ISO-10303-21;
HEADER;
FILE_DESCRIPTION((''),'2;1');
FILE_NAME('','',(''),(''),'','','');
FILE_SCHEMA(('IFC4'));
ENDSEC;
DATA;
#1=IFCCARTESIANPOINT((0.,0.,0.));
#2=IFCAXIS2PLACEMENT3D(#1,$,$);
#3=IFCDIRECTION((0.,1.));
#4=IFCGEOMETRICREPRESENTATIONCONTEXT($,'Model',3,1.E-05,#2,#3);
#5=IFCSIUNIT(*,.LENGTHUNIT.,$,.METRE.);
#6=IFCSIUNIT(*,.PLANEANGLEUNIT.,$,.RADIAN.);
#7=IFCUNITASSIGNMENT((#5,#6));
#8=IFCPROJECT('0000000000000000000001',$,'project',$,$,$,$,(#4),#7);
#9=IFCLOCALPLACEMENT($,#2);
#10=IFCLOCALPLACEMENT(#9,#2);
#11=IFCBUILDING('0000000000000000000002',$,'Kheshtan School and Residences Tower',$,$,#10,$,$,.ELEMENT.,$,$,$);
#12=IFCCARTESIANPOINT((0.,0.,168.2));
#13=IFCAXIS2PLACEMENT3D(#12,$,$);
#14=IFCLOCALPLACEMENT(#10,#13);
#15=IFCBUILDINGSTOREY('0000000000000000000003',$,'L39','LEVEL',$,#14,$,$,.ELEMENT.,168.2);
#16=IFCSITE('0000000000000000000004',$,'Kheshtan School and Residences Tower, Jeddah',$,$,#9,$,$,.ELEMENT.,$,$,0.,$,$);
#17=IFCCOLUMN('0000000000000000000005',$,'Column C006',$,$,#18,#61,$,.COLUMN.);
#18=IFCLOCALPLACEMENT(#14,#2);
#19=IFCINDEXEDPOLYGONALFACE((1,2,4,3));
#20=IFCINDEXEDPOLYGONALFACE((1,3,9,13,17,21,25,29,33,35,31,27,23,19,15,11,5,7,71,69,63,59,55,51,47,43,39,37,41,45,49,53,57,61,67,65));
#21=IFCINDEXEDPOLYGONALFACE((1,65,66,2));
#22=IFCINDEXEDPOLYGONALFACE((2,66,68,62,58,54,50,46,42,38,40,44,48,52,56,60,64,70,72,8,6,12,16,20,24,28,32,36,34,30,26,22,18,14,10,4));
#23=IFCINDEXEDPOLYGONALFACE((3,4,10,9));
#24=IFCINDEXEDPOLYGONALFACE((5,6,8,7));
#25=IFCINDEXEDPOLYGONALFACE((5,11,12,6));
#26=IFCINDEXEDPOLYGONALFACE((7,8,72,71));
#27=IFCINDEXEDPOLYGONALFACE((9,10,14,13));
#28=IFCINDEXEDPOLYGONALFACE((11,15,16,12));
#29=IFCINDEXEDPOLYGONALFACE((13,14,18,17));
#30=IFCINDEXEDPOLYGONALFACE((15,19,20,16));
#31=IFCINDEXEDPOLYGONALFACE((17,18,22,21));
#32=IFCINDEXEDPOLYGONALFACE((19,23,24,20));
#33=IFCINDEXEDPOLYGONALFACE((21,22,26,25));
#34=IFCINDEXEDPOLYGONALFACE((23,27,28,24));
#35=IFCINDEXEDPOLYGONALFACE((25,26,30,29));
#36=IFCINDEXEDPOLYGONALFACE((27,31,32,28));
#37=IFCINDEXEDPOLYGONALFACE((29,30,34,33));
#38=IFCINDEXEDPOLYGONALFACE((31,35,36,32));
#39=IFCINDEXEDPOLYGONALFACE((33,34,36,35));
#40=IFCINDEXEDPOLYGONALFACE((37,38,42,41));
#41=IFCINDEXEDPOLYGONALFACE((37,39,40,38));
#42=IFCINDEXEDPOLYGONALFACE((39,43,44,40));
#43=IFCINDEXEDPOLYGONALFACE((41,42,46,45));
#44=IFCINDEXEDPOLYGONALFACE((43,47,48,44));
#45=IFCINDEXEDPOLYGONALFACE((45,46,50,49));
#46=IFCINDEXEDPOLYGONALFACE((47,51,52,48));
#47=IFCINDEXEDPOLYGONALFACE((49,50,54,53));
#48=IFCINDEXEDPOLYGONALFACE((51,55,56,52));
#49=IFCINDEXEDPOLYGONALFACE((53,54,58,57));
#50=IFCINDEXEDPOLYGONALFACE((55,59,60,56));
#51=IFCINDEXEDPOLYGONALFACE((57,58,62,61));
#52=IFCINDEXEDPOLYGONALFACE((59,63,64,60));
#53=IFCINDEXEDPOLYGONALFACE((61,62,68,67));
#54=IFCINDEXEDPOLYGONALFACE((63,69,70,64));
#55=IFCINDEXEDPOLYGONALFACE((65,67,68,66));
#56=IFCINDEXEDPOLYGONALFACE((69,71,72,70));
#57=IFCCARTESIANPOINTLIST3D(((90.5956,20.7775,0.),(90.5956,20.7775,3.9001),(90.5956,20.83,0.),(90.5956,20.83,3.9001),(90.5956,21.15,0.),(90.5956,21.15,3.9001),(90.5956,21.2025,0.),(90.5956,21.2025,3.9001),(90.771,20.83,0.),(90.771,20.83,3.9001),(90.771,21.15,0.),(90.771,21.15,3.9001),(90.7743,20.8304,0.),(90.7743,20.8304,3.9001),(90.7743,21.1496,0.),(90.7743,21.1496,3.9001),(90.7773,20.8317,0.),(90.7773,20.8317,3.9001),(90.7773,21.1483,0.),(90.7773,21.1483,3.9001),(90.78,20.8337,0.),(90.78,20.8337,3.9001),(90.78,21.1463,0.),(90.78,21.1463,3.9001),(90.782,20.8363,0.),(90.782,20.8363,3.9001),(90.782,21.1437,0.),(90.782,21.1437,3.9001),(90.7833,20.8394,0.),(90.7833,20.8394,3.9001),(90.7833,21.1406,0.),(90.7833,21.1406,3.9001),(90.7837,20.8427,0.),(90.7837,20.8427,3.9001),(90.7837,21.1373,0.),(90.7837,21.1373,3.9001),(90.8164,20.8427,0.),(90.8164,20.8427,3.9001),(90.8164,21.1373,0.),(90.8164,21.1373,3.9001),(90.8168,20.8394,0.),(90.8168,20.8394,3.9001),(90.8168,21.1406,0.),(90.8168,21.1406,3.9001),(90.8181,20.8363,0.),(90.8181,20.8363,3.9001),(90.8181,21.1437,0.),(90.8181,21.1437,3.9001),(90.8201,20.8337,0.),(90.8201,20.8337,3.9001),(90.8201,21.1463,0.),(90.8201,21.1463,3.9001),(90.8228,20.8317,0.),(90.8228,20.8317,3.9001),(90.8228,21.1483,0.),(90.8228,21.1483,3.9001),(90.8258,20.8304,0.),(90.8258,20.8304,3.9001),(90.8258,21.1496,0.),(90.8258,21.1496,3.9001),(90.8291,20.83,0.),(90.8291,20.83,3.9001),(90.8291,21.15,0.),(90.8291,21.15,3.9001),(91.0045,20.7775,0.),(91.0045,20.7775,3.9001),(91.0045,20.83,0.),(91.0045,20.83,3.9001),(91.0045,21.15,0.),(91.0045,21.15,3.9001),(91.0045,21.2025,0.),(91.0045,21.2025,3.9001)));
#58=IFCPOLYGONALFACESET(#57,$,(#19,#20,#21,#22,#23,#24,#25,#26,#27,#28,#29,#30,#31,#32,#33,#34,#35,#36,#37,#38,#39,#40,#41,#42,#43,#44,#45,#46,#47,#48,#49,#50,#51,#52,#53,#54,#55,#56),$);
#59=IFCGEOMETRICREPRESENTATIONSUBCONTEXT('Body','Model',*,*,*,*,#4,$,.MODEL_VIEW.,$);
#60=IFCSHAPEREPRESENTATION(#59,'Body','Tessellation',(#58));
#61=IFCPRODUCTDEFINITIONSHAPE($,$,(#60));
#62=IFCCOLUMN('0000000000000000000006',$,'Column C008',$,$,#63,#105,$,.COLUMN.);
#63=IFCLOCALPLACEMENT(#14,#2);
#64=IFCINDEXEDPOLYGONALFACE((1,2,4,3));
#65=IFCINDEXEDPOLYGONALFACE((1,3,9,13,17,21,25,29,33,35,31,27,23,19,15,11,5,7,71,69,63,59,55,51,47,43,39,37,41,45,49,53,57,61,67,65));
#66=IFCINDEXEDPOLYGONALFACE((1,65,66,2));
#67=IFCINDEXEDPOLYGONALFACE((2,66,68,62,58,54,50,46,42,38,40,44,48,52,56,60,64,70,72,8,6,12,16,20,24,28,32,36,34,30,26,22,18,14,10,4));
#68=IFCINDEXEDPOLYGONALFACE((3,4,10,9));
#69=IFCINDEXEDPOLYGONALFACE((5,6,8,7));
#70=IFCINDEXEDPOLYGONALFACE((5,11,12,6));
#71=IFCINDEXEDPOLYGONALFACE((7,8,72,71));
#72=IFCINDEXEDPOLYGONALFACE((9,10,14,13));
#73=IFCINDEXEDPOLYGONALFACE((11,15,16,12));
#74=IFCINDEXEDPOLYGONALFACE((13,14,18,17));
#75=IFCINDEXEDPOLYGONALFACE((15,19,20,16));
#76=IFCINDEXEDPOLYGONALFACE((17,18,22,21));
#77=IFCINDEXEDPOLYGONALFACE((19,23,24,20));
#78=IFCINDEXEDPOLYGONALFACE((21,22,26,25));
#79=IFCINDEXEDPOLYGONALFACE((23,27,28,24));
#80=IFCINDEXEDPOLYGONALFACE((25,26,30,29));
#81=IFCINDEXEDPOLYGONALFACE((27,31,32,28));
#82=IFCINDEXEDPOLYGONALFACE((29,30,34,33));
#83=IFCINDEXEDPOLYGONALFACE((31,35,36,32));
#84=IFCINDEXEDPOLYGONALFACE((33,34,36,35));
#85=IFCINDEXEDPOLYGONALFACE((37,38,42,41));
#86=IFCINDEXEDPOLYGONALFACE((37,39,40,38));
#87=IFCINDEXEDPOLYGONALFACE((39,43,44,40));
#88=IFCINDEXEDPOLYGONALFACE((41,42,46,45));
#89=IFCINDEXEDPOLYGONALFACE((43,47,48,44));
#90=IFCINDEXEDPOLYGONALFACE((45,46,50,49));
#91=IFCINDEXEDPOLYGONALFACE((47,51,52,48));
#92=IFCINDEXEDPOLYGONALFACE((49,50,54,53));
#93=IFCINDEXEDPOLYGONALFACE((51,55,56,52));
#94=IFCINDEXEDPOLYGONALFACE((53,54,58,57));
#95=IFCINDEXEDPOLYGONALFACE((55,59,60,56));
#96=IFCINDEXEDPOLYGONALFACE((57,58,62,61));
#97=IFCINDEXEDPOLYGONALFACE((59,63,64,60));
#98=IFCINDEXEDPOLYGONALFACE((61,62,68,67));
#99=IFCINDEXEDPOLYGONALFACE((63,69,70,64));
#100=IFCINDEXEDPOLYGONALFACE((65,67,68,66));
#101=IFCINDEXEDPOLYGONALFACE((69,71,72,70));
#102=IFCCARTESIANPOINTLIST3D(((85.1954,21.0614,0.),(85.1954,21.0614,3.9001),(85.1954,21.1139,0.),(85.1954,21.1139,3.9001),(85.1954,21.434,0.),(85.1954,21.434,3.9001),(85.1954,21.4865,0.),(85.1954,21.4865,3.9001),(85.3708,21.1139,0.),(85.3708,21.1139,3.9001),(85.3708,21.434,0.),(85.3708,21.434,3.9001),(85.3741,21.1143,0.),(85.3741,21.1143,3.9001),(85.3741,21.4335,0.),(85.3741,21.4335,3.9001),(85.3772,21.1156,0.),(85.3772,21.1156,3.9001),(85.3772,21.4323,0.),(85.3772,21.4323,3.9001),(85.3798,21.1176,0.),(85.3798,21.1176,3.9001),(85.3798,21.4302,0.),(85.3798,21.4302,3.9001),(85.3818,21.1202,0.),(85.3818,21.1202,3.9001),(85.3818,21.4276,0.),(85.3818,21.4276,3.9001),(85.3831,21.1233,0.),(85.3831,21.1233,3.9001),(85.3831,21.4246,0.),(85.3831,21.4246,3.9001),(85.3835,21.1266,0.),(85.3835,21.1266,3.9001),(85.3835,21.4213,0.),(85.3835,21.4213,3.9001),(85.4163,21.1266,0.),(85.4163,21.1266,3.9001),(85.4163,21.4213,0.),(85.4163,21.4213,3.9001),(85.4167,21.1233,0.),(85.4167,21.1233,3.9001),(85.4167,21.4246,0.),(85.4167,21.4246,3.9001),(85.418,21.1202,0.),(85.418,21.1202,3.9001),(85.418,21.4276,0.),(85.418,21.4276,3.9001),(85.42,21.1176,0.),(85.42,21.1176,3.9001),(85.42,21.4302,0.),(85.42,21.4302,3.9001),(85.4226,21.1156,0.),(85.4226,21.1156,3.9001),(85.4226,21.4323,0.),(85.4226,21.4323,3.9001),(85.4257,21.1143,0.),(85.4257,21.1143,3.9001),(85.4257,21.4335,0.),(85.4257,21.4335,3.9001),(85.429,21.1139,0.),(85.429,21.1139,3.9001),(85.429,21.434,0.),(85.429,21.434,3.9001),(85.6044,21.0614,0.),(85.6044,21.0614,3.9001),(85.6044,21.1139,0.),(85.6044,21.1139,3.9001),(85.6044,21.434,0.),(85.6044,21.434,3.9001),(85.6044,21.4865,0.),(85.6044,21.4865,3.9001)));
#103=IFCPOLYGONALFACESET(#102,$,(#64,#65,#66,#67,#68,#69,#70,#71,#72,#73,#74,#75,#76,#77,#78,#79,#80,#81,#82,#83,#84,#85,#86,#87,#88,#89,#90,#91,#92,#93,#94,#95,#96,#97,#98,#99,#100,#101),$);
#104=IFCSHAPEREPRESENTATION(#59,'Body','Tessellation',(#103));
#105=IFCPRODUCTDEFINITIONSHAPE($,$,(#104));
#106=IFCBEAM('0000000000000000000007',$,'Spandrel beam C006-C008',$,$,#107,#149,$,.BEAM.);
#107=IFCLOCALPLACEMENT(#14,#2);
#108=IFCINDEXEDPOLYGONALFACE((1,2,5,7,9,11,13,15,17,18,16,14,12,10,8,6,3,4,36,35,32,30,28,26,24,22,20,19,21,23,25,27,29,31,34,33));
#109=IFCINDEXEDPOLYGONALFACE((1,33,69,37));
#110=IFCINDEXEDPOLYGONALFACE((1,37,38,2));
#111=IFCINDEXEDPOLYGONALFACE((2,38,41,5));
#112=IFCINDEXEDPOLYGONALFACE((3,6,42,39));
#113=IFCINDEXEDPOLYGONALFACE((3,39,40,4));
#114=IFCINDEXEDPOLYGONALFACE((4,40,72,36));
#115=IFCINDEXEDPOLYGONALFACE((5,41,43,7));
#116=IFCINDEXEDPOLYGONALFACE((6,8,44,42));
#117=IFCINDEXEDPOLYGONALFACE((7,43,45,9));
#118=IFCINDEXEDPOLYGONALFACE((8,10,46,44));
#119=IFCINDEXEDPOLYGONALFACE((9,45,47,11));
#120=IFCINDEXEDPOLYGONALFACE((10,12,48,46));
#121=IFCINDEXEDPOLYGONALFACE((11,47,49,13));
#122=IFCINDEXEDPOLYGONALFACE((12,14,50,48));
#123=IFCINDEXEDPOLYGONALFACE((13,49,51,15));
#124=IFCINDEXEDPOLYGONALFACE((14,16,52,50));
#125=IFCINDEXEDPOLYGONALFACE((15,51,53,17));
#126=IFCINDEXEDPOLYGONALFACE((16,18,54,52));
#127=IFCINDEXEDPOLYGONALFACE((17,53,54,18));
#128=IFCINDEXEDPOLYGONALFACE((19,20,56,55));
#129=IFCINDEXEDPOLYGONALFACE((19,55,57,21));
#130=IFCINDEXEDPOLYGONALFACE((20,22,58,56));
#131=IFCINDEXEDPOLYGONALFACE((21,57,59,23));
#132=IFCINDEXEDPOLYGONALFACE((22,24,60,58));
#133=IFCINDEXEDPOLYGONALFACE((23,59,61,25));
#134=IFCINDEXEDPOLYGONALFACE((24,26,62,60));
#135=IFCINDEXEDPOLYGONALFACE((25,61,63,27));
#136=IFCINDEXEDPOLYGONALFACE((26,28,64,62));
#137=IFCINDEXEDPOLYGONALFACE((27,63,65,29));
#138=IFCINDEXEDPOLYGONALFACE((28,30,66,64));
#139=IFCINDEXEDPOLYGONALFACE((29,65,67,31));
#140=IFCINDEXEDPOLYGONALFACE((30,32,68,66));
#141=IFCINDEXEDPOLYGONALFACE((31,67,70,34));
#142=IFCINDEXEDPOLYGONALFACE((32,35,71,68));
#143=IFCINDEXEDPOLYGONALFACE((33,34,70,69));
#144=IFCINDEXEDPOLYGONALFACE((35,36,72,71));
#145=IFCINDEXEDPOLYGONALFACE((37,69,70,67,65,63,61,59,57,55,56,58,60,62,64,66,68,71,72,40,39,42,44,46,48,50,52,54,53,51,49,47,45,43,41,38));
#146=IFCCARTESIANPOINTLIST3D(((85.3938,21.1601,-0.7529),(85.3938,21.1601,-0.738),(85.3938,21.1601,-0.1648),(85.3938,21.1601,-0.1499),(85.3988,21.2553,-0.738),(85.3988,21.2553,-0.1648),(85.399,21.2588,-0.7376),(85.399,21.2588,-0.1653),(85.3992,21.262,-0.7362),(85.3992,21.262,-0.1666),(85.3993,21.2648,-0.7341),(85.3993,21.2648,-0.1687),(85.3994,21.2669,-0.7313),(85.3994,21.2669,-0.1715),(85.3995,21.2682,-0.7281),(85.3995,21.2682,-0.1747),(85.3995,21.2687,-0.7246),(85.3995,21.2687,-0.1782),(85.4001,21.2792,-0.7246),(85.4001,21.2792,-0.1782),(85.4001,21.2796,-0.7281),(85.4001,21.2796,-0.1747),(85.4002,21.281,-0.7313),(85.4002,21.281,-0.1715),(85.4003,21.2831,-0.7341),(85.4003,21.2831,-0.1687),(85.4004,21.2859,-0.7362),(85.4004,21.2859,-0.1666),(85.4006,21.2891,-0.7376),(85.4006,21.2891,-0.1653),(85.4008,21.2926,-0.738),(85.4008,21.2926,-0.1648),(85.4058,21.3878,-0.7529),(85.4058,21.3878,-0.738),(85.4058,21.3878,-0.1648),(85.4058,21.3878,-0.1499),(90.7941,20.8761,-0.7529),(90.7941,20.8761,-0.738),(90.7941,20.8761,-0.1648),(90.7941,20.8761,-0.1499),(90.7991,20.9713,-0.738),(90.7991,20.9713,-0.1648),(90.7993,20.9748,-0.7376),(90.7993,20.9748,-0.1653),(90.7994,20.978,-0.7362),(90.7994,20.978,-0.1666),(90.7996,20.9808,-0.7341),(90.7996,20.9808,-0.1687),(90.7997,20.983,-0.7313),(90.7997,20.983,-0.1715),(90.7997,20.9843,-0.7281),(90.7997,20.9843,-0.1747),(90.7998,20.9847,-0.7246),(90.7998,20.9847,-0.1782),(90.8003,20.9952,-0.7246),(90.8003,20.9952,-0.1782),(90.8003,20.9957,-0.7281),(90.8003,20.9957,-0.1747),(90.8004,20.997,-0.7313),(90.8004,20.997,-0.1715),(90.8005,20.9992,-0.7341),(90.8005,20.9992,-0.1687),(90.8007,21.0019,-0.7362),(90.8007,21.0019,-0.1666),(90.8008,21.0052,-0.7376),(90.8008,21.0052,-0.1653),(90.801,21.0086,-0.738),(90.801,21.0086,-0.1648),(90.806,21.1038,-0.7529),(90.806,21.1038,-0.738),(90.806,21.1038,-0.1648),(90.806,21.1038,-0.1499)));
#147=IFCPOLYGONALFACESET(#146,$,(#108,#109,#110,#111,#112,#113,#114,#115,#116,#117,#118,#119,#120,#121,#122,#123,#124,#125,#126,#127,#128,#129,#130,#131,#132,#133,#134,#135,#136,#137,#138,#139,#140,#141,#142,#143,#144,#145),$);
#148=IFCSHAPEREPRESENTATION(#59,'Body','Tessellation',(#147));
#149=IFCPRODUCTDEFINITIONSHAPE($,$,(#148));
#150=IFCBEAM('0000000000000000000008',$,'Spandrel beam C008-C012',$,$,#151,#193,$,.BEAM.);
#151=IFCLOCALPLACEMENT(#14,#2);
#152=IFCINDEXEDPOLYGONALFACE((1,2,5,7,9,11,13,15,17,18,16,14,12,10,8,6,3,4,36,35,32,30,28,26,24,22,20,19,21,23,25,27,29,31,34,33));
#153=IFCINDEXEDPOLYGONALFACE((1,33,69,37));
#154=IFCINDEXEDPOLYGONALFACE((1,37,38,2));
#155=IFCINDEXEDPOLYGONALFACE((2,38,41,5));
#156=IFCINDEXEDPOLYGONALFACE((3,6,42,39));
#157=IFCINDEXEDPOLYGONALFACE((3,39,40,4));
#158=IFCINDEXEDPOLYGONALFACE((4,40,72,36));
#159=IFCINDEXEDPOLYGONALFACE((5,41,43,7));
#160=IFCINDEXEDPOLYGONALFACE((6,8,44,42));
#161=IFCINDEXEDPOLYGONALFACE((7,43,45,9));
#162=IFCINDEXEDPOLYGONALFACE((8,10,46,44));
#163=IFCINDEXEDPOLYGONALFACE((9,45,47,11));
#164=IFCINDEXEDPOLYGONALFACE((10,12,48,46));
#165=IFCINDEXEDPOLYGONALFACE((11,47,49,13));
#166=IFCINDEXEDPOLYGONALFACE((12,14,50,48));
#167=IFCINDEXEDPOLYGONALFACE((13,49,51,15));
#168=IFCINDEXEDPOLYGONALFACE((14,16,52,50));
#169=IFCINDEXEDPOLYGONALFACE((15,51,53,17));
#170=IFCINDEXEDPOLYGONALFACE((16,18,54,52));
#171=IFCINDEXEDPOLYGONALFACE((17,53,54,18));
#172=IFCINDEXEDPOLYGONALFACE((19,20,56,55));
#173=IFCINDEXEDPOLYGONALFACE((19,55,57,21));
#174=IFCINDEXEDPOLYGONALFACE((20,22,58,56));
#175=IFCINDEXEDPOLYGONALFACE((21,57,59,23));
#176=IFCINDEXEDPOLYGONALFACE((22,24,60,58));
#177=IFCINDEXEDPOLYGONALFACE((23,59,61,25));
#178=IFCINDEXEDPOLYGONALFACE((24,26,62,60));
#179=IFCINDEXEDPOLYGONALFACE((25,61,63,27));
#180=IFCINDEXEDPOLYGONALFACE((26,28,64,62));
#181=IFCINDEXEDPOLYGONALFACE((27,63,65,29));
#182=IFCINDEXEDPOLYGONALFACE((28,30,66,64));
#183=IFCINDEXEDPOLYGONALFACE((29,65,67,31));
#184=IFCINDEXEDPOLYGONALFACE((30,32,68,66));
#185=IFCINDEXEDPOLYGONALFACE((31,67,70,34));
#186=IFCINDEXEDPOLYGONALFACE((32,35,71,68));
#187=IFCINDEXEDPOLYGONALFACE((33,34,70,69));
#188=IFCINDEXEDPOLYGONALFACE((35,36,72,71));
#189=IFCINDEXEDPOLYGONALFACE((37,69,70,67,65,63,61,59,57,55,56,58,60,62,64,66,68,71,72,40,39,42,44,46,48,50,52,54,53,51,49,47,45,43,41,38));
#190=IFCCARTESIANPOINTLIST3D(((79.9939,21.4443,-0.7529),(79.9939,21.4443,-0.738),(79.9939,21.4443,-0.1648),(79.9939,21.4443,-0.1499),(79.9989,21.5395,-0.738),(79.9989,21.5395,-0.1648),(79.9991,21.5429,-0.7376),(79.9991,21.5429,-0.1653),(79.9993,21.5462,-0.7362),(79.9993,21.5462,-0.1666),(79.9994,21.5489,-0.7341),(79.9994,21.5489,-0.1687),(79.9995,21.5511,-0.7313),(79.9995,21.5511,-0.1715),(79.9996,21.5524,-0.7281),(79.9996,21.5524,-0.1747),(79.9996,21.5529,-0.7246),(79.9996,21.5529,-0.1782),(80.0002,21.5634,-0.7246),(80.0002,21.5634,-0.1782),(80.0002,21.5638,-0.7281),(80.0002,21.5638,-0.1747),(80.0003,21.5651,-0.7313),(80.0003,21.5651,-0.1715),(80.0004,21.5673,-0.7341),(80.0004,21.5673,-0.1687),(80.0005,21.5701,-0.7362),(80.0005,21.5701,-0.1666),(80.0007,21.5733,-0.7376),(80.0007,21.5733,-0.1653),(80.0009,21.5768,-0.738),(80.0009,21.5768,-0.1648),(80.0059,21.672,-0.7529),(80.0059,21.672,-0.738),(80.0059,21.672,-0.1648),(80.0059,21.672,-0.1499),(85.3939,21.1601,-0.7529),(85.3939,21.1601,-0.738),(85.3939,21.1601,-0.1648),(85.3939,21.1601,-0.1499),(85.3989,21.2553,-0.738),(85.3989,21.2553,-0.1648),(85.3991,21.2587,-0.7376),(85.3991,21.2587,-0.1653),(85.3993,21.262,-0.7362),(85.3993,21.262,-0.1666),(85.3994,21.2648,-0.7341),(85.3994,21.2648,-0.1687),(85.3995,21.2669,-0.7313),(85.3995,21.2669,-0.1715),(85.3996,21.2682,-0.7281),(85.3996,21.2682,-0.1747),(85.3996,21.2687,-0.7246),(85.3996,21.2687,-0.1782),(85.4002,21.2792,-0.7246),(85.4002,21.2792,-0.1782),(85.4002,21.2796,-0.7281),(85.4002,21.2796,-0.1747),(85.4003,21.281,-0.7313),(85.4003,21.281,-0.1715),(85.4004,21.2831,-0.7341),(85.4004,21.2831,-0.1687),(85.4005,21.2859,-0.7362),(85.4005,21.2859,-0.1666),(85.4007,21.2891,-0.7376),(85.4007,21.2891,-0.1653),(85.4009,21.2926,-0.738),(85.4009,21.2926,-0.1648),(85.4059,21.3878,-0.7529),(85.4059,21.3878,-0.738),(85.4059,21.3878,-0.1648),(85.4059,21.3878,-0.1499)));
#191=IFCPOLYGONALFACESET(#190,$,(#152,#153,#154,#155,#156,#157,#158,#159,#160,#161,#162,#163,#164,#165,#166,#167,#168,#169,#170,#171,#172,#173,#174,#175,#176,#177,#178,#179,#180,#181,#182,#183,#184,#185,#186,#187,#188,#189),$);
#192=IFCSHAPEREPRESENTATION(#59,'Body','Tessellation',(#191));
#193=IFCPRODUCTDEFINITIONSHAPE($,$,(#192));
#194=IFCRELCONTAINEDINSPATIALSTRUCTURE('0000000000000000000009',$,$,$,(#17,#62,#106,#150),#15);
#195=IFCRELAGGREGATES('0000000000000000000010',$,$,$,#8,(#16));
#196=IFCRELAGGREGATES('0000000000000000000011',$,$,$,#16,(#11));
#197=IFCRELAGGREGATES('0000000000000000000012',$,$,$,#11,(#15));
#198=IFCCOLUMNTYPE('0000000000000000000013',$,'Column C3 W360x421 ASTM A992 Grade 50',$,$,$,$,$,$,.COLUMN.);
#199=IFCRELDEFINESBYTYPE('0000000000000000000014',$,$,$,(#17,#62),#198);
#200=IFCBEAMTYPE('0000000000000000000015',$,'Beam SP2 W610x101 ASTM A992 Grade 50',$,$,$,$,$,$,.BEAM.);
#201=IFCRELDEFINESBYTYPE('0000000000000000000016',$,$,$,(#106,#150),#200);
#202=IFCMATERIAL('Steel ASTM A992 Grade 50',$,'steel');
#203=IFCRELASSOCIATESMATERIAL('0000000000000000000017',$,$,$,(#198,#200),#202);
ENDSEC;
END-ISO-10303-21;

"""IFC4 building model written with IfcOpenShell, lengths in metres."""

from ifc_helpers import new_model, si_unit, direction, frame, origin, origin_2d, place, context, subcontext, project, spatial, i_section, extrude, material, material_profile, profile_set, type_object, element, save


model = new_model("IFC4")

# Units and contexts
model_context = context("Model", 3, precision=1e-05, world=origin(), true_north=direction((0.0, 1.0)))
body_context = subcontext(model_context, "Body", "Model", "MODEL_VIEW")
ifc_project = project(units=[si_unit("LENGTHUNIT", "METRE"), si_unit("PLANEANGLEUNIT", "RADIAN")], contexts=[model_context])

# Site, building, storey
site_placement = place(None, origin())
site = spatial("IfcSite", under=ifc_project, at=site_placement, Name="Kheshtan School and Residences Tower, Jeddah", CompositionType="ELEMENT", RefElevation=0.0)
building_placement = place(site_placement, origin())
building = spatial("IfcBuilding", under=site, at=building_placement, Name="Kheshtan School and Residences Tower", CompositionType="ELEMENT")
storey_placement = place(building_placement, frame((0.0, 0.0, 168.2)))
storey = spatial("IfcBuildingStorey", under=building, at=storey_placement, Name="L39", Description="LEVEL", CompositionType="ELEMENT", Elevation=168.2)

# Columns
ifc_material_1 = material(Name="Steel ASTM A992 Grade 50", Category="steel")
ifc_material_profile_1 = material_profile(ifc_material_1, i_section(OverallWidth=0.4089, OverallDepth=0.425, WebThickness=0.0327, FlangeThickness=0.0525, FilletRadius=0.0127, at=origin_2d()), Name="W360x421")
ifc_profile_set_1 = profile_set([ifc_material_profile_1], Name="Steel ASTM A992 Grade 50")
column_type = type_object("IfcColumnType", Name="Column C3 W360x421 ASTM A992 Grade 50", PredefinedType="COLUMN", material=ifc_profile_set_1)
for number, where, z_axis, x_axis, name in (
    (1, (90.8, 20.99, 0.0), (0.0, 0.0, 1.0), (1.0, 0.0, 0.0), "Column C006"),
    (2, (85.3999, 21.2739, 0.0), (0.0, 0.0, 1.0), (1.0, 0.0, 0.0), "Column C008"),
):
    element("IfcColumn", number, at=place(storey_placement, frame(where, z_axis=z_axis, x_axis=x_axis)), inside=storey, type_object=column_type, Name=name, PredefinedType="COLUMN", context=body_context, shape_type="SweptSolid", body=[
        extrude(i_section(OverallWidth=0.4089, OverallDepth=0.425, WebThickness=0.0327, FlangeThickness=0.0525, FilletRadius=0.0127, at=origin_2d()), origin(), (0.0, 0.0, 1.0), 3.9001),
    ])

# Beams
ifc_material_profile_2 = material_profile(ifc_material_1, i_section(OverallWidth=0.228, OverallDepth=0.603, WebThickness=0.0105, FlangeThickness=0.0149, FilletRadius=0.0134, at=origin_2d()), Name="W610x101")
ifc_profile_set_2 = profile_set([ifc_material_profile_2], Name="Steel ASTM A992 Grade 50")
beam_type = type_object("IfcBeamType", Name="Beam SP2 W610x101 ASTM A992 Grade 50", PredefinedType="BEAM", material=ifc_profile_set_2)
beam_1_placement = place(storey_placement, frame((90.8, 20.99, -0.4514), z_axis=(-0.998621, 0.052507, 0.0), x_axis=(-0.052507, -0.998621, 0.0)))
element("IfcBeam", 3, at=beam_1_placement, inside=storey, type_object=beam_type, Name="Spandrel beam C006-C008", PredefinedType="BEAM", context=body_context, shape_type="SweptSolid", body=[
    extrude(i_section(OverallWidth=0.228, OverallDepth=0.603, WebThickness=0.0105, FlangeThickness=0.0149, FilletRadius=0.0134, at=origin_2d()), origin(), (0.0, 0.0, 1.0), 5.4077),
])
beam_2_placement = place(storey_placement, frame((85.3999, 21.2739, -0.4514), z_axis=(-0.998618, 0.052554, 0.0), x_axis=(-0.052554, -0.998618, 0.0)))
element("IfcBeam", 4, at=beam_2_placement, inside=storey, type_object=beam_type, Name="Spandrel beam C008-C012", PredefinedType="BEAM", context=body_context, shape_type="SweptSolid", body=[
    extrude(i_section(OverallWidth=0.228, OverallDepth=0.603, WebThickness=0.0105, FlangeThickness=0.0149, FilletRadius=0.0134, at=origin_2d()), origin(), (0.0, 0.0, 1.0), 5.4075),
])

save(model, "model.ifc")
